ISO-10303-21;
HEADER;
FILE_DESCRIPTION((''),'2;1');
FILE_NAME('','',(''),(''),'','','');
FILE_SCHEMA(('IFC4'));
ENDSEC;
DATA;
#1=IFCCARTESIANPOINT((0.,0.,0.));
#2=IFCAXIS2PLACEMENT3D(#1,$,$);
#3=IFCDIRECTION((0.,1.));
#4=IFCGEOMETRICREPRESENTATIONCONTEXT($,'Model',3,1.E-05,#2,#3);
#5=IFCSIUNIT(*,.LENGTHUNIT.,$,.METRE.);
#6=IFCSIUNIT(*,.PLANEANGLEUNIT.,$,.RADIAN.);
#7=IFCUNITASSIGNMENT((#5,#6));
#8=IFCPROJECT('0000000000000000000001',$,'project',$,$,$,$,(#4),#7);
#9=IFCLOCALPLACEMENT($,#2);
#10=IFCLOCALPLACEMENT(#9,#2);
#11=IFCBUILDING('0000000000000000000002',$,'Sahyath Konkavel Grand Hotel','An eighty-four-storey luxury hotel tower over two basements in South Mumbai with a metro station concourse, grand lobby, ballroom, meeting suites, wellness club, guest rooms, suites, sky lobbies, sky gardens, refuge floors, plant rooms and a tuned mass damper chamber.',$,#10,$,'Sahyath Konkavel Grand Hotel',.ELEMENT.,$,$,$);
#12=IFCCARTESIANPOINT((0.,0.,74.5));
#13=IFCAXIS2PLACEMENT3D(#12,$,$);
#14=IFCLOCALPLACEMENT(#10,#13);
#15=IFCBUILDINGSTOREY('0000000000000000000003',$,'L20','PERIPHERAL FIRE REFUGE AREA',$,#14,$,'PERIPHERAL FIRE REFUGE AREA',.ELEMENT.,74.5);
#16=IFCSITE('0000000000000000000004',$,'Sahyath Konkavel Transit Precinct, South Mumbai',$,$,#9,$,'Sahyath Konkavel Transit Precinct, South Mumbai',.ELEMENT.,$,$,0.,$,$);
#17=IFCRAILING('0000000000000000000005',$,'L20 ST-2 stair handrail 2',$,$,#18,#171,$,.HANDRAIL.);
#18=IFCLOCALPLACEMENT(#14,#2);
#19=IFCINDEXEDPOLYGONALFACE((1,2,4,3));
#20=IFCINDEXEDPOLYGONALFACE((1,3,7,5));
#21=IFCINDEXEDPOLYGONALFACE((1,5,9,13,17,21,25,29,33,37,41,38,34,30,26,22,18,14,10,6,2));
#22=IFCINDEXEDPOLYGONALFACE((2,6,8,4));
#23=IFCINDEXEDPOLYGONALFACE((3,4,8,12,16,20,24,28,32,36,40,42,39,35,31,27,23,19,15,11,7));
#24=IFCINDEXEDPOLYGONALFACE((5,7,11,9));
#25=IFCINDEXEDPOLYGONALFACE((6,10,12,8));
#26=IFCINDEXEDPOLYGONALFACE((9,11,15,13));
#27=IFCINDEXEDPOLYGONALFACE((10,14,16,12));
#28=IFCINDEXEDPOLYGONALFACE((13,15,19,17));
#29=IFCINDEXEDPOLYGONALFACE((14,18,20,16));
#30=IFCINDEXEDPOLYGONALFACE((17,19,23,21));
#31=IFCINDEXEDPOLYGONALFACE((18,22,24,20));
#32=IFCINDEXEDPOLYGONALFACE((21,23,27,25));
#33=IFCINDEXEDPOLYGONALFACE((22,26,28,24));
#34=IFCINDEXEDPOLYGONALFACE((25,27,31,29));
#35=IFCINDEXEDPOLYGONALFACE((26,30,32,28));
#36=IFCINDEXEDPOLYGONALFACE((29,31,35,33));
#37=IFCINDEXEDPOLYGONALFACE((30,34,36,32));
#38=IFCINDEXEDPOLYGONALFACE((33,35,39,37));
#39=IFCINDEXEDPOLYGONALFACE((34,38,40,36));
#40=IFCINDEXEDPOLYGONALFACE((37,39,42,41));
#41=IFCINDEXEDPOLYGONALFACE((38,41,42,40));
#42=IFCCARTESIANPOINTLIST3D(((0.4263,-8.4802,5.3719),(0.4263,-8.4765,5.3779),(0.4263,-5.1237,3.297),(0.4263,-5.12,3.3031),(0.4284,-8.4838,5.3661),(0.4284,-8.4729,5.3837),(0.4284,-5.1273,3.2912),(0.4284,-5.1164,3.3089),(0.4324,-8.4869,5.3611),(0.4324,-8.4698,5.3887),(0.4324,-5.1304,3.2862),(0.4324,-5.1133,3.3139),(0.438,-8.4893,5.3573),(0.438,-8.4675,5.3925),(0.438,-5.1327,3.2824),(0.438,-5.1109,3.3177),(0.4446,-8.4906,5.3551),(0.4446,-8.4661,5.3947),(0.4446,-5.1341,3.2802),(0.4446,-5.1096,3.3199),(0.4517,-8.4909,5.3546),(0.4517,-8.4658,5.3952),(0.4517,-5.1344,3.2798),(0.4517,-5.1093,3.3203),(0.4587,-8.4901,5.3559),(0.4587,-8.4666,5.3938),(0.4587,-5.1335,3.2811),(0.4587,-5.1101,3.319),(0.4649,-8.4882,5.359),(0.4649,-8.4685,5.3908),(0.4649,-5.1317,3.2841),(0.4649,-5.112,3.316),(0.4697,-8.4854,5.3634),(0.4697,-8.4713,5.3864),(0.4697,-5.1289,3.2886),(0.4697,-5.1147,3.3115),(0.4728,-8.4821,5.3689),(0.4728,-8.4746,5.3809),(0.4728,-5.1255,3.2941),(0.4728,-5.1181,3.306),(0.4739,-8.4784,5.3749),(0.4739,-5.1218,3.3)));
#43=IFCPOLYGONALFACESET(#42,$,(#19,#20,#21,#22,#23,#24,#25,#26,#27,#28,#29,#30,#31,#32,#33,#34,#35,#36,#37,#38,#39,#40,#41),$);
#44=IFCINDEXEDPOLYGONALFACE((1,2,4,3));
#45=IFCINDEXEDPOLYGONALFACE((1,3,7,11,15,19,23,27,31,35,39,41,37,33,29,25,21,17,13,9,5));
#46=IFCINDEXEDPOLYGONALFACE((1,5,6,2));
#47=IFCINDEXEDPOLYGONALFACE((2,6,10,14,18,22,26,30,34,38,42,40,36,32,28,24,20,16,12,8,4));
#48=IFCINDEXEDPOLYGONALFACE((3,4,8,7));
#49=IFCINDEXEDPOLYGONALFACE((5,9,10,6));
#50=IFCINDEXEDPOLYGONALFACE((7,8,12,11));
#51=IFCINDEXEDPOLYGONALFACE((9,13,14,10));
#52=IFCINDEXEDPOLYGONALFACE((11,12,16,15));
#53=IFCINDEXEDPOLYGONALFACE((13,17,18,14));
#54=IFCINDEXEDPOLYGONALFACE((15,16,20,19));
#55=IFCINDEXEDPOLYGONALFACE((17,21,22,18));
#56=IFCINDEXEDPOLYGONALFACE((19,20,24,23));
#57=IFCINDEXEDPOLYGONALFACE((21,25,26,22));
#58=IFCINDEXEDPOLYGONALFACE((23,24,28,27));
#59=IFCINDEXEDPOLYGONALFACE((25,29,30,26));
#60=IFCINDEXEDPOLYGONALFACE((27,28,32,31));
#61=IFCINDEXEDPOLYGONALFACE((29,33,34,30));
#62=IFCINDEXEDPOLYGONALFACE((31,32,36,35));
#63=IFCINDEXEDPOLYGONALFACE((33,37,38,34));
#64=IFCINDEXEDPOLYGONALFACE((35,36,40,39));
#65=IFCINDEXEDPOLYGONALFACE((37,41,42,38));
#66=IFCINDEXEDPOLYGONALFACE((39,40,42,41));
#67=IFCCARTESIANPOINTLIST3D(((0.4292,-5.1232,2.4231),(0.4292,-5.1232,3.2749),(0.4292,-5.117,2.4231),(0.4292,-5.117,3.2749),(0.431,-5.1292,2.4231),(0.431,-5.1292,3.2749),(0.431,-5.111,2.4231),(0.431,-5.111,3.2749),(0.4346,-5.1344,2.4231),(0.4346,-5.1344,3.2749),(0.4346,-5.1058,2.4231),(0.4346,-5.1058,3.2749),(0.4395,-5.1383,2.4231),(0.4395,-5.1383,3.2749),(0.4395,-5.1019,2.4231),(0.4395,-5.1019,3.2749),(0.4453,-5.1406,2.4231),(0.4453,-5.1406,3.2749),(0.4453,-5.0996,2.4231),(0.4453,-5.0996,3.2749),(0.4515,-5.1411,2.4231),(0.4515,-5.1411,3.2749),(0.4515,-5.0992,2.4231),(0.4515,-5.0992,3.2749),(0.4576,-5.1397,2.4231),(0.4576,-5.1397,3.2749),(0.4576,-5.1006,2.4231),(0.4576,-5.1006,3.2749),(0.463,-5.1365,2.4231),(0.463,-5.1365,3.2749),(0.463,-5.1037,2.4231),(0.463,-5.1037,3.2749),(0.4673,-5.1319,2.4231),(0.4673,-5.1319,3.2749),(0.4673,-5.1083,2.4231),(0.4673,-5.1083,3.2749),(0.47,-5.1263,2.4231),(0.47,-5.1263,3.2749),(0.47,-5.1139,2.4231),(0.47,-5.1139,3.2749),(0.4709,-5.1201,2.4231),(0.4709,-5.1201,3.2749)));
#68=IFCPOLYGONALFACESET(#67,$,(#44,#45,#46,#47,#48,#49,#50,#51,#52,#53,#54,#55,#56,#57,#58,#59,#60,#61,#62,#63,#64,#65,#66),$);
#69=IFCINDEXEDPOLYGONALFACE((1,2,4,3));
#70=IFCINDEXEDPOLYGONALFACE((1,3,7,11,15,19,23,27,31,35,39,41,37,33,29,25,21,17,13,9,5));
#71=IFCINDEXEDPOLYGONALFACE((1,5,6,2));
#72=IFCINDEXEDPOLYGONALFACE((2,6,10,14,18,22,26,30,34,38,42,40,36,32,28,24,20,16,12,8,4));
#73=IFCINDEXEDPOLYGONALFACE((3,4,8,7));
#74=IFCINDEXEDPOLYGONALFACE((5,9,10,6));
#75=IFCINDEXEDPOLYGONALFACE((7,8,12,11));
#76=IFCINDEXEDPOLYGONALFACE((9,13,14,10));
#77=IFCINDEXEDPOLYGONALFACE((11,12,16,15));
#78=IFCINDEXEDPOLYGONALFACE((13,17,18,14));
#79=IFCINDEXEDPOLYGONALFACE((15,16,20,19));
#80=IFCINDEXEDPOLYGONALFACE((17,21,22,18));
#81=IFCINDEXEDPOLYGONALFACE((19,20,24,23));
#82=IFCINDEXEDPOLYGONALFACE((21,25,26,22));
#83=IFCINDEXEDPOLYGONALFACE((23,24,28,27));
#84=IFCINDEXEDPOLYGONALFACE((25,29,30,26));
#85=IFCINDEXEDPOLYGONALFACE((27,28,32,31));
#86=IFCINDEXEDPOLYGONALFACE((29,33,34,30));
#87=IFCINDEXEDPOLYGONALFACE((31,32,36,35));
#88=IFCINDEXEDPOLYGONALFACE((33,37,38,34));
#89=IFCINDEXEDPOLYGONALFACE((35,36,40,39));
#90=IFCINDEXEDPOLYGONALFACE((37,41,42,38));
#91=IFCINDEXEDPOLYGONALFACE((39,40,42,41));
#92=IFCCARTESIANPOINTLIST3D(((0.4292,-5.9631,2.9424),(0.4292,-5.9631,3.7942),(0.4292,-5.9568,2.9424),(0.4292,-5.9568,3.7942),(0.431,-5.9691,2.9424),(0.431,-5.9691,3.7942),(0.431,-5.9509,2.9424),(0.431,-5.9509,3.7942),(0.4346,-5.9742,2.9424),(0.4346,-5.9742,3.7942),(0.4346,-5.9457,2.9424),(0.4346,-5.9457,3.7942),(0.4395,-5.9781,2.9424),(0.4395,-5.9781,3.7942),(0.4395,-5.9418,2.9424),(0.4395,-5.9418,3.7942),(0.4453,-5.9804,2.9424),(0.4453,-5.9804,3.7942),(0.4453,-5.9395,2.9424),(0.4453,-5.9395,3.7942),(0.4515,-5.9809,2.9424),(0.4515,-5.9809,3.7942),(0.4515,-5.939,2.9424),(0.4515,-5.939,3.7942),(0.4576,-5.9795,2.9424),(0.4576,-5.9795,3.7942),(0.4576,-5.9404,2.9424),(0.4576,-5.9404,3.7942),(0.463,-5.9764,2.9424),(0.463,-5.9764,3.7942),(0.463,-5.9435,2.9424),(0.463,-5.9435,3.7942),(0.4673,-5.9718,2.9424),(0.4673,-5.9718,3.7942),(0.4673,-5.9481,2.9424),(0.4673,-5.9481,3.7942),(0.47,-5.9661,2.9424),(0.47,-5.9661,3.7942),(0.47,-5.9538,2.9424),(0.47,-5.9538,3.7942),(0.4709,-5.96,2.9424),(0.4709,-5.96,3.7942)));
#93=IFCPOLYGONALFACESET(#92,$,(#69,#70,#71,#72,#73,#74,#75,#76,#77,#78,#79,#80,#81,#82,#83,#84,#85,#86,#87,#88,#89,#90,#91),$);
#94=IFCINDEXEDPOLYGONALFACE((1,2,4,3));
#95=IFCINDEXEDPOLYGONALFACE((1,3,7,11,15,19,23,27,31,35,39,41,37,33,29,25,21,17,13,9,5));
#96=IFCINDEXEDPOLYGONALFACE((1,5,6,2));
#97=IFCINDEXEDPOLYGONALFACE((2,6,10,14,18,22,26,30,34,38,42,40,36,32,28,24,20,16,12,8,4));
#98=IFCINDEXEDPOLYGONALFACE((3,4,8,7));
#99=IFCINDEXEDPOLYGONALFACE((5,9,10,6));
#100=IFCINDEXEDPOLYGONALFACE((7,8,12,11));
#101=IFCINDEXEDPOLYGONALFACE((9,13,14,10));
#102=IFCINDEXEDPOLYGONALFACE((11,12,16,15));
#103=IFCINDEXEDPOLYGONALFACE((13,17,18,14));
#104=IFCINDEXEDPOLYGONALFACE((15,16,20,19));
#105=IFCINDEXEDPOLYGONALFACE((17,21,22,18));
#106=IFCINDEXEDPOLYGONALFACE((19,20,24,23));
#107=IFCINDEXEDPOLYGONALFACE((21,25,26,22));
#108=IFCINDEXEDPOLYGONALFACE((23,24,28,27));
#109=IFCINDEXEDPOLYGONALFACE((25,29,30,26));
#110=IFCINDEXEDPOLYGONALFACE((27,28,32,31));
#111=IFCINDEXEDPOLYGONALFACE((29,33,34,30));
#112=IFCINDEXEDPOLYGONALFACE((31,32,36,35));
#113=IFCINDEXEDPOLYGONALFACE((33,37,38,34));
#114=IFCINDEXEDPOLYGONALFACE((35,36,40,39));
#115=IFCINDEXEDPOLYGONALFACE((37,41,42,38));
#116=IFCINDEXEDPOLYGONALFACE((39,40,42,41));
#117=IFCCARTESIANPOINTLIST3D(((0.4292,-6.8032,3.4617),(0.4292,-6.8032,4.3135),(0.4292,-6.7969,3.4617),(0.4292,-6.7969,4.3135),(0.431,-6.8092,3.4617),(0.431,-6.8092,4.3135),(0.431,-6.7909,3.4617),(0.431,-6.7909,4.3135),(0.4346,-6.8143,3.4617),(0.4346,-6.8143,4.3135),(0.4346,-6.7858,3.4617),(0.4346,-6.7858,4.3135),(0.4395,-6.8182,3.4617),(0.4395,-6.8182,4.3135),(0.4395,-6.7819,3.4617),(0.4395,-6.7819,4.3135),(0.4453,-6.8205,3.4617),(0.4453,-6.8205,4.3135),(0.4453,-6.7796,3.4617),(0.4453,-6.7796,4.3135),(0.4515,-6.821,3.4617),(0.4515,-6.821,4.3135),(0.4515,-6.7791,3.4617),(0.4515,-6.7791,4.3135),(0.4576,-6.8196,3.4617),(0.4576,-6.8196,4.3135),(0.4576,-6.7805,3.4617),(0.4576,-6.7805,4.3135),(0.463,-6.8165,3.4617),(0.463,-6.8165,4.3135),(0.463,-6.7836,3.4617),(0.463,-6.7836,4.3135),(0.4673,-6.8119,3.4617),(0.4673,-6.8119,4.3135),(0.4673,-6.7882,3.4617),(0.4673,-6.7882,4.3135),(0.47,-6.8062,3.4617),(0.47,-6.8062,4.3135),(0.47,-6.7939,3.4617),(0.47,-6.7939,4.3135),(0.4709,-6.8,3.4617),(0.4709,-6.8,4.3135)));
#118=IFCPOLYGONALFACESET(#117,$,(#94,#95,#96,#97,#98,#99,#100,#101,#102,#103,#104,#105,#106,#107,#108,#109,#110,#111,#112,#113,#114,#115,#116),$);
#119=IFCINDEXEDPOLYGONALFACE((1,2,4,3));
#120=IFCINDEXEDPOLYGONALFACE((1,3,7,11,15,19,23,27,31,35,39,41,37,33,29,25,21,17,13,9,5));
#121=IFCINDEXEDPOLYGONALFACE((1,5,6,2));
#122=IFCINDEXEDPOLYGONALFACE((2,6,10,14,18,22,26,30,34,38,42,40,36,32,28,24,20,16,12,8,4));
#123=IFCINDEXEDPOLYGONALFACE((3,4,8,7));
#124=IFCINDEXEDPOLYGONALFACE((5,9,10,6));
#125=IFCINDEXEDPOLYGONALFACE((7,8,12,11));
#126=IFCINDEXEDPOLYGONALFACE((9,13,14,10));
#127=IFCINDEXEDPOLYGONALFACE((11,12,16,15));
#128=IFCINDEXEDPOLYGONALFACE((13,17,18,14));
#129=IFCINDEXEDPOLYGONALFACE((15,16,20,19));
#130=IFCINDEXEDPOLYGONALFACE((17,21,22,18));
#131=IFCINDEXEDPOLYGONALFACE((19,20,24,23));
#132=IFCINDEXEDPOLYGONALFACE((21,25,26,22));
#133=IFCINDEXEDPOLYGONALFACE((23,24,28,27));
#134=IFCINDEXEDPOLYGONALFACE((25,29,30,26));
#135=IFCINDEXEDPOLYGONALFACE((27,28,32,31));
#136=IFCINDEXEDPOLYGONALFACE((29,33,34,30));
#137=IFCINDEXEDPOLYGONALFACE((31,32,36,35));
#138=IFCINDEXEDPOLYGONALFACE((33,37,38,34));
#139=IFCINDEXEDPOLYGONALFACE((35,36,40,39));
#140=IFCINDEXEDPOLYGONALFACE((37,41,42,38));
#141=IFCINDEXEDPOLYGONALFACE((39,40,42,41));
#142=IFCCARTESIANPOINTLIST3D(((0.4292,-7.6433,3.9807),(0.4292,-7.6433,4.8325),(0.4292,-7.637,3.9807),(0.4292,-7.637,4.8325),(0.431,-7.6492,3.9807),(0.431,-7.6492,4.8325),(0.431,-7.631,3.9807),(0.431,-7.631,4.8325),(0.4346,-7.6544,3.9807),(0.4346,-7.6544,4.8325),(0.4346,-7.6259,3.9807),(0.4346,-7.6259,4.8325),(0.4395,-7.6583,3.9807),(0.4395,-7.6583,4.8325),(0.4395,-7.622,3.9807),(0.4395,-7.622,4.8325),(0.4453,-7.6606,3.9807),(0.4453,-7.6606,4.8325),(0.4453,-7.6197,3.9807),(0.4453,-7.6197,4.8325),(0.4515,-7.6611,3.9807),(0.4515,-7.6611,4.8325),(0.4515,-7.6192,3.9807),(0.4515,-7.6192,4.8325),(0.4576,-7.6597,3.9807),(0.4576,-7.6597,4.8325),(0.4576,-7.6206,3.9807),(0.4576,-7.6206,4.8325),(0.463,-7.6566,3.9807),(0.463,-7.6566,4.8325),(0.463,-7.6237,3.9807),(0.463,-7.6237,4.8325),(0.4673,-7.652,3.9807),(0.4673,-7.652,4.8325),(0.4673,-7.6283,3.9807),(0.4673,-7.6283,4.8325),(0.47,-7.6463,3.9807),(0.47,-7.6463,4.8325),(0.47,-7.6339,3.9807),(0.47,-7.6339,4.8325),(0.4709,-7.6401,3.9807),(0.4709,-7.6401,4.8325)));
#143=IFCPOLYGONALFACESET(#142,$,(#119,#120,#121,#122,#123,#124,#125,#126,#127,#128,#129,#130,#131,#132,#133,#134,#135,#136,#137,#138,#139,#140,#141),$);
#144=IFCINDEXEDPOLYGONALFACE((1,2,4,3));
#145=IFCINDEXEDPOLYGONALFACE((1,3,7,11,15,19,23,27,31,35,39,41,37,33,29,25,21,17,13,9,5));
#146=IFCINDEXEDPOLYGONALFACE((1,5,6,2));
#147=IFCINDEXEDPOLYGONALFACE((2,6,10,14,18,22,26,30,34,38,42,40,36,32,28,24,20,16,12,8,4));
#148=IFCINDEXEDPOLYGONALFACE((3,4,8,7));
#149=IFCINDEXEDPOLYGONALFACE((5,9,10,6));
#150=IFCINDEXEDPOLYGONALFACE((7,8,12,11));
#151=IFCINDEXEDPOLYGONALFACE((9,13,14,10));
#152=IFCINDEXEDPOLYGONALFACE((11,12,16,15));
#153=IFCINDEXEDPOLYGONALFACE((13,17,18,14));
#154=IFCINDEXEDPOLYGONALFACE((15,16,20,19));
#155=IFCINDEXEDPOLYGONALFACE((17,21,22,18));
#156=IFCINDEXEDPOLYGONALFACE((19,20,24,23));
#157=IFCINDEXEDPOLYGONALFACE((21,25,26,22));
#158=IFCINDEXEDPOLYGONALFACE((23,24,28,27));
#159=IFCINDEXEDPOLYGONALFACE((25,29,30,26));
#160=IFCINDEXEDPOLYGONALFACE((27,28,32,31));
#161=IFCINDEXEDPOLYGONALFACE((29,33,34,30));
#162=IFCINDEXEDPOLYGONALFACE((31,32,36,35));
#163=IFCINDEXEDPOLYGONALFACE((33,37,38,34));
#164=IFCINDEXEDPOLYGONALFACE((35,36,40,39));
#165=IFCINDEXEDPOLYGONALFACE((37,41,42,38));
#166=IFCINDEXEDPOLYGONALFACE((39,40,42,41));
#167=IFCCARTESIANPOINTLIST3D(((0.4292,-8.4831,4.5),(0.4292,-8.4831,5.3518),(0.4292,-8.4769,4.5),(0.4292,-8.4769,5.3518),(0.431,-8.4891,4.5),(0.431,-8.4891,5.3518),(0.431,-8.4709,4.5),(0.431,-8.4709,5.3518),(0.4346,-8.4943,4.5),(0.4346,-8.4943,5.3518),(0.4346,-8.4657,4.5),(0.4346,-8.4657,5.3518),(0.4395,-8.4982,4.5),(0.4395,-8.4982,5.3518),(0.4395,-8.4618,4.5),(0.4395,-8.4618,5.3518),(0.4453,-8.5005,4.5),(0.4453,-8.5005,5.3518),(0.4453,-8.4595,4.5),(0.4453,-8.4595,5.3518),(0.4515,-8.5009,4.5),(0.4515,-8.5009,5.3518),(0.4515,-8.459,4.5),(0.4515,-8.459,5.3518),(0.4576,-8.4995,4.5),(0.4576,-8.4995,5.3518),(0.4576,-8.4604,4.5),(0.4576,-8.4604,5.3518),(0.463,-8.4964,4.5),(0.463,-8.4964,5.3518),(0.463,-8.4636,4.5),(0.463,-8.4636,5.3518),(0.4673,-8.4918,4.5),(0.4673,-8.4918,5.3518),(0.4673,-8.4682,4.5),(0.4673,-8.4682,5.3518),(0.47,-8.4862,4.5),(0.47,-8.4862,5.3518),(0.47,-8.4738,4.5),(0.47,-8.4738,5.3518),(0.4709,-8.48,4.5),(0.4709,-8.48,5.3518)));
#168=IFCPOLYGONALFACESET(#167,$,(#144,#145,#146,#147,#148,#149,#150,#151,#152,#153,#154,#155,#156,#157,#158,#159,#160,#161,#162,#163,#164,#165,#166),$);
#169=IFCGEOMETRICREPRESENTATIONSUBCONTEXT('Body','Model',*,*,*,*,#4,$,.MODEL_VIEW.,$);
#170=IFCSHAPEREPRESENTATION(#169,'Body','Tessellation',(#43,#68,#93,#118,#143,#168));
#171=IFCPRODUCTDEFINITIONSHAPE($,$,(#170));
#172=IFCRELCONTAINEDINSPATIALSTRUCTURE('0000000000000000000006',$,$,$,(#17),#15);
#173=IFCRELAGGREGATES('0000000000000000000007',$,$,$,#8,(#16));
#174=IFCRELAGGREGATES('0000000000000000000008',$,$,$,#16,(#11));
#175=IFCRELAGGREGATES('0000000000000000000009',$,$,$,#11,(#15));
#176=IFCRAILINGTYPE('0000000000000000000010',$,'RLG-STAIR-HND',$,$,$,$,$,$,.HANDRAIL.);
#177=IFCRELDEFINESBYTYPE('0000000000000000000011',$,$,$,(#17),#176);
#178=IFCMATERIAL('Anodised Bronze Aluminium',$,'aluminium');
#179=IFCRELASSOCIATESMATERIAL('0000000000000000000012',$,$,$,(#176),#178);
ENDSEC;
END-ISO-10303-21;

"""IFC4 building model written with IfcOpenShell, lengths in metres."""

from ifc_helpers import new_model, si_unit, direction, frame, origin, origin_2d, place, context, subcontext, project, spatial, circle, extrude, material, type_object, element, save


model = new_model("IFC4")

# Units and contexts
model_context = context("Model", 3, precision=1e-05, world=origin(), true_north=direction((0.0, 1.0)))
body_context = subcontext(model_context, "Body", "Model", "MODEL_VIEW")
ifc_project = project(units=[si_unit("LENGTHUNIT", "METRE"), si_unit("PLANEANGLEUNIT", "RADIAN")], contexts=[model_context])

# Site, building, storey
site_placement = place(None, origin())
site = spatial("IfcSite", under=ifc_project, at=site_placement, Name="Sahyath Konkavel Transit Precinct, South Mumbai", LongName="Sahyath Konkavel Transit Precinct, South Mumbai", CompositionType="ELEMENT", RefElevation=0.0)
building_placement = place(site_placement, origin())
building = spatial("IfcBuilding", under=site, at=building_placement, Name="Sahyath Konkavel Grand Hotel", Description="An eighty-four-storey luxury hotel tower over two basements in South Mumbai with a metro station concourse, grand lobby, ballroom, meeting suites, wellness club, guest rooms, suites, sky lobbies, sky gardens, refuge floors, plant rooms and a tuned mass damper chamber.", LongName="Sahyath Konkavel Grand Hotel", CompositionType="ELEMENT")
storey_placement = place(building_placement, frame((0.0, 0.0, 74.5)))
storey = spatial("IfcBuildingStorey", under=building, at=storey_placement, Name="L20", Description="PERIPHERAL FIRE REFUGE AREA", LongName="PERIPHERAL FIRE REFUGE AREA", CompositionType="ELEMENT", Elevation=74.5)

# Railing
ifc_material_1 = material(Name="Anodised Bronze Aluminium", Category="aluminium")
railing_type_1 = type_object("IfcRailingType", Name="RLG-STAIR-HND", PredefinedType="HANDRAIL", material=ifc_material_1)
railing_1_placement = place(storey_placement, frame((0.45, -5.1201, 2.4231)))
element("IfcRailing", 1, at=railing_1_placement, inside=storey, type_object=railing_type_1, Name="L20 ST-2 stair handrail 2", PredefinedType="HANDRAIL", context=body_context, shape_type="SweptSolid", body=[
    extrude(circle(Radius=0.0239, at=origin_2d()), frame((0.0, -0.0017, 0.877), z_axis=(0.0, -0.850606, 0.525803), x_axis=(1.0, 0.0, 0.0)), (0.0, 0.0, 1.0), 3.946),
    extrude(circle(Radius=0.021, at=origin_2d()), origin(), (0.0, 0.0, 1.0), 0.8518),
    extrude(circle(Radius=0.021, at=origin_2d()), frame((0.0, -0.8398, 0.5193)), (0.0, 0.0, 1.0), 0.8518),
    extrude(circle(Radius=0.021, at=origin_2d()), frame((0.0, -1.6799, 1.0386)), (0.0, 0.0, 1.0), 0.8518),
    extrude(circle(Radius=0.021, at=origin_2d()), frame((0.0, -2.52, 1.5576)), (0.0, 0.0, 1.0), 0.8518),
    extrude(circle(Radius=0.021, at=origin_2d()), frame((0.0, -3.3599, 2.0769)), (0.0, 0.0, 1.0), 0.8518),
])

save(model, "model.ifc")
